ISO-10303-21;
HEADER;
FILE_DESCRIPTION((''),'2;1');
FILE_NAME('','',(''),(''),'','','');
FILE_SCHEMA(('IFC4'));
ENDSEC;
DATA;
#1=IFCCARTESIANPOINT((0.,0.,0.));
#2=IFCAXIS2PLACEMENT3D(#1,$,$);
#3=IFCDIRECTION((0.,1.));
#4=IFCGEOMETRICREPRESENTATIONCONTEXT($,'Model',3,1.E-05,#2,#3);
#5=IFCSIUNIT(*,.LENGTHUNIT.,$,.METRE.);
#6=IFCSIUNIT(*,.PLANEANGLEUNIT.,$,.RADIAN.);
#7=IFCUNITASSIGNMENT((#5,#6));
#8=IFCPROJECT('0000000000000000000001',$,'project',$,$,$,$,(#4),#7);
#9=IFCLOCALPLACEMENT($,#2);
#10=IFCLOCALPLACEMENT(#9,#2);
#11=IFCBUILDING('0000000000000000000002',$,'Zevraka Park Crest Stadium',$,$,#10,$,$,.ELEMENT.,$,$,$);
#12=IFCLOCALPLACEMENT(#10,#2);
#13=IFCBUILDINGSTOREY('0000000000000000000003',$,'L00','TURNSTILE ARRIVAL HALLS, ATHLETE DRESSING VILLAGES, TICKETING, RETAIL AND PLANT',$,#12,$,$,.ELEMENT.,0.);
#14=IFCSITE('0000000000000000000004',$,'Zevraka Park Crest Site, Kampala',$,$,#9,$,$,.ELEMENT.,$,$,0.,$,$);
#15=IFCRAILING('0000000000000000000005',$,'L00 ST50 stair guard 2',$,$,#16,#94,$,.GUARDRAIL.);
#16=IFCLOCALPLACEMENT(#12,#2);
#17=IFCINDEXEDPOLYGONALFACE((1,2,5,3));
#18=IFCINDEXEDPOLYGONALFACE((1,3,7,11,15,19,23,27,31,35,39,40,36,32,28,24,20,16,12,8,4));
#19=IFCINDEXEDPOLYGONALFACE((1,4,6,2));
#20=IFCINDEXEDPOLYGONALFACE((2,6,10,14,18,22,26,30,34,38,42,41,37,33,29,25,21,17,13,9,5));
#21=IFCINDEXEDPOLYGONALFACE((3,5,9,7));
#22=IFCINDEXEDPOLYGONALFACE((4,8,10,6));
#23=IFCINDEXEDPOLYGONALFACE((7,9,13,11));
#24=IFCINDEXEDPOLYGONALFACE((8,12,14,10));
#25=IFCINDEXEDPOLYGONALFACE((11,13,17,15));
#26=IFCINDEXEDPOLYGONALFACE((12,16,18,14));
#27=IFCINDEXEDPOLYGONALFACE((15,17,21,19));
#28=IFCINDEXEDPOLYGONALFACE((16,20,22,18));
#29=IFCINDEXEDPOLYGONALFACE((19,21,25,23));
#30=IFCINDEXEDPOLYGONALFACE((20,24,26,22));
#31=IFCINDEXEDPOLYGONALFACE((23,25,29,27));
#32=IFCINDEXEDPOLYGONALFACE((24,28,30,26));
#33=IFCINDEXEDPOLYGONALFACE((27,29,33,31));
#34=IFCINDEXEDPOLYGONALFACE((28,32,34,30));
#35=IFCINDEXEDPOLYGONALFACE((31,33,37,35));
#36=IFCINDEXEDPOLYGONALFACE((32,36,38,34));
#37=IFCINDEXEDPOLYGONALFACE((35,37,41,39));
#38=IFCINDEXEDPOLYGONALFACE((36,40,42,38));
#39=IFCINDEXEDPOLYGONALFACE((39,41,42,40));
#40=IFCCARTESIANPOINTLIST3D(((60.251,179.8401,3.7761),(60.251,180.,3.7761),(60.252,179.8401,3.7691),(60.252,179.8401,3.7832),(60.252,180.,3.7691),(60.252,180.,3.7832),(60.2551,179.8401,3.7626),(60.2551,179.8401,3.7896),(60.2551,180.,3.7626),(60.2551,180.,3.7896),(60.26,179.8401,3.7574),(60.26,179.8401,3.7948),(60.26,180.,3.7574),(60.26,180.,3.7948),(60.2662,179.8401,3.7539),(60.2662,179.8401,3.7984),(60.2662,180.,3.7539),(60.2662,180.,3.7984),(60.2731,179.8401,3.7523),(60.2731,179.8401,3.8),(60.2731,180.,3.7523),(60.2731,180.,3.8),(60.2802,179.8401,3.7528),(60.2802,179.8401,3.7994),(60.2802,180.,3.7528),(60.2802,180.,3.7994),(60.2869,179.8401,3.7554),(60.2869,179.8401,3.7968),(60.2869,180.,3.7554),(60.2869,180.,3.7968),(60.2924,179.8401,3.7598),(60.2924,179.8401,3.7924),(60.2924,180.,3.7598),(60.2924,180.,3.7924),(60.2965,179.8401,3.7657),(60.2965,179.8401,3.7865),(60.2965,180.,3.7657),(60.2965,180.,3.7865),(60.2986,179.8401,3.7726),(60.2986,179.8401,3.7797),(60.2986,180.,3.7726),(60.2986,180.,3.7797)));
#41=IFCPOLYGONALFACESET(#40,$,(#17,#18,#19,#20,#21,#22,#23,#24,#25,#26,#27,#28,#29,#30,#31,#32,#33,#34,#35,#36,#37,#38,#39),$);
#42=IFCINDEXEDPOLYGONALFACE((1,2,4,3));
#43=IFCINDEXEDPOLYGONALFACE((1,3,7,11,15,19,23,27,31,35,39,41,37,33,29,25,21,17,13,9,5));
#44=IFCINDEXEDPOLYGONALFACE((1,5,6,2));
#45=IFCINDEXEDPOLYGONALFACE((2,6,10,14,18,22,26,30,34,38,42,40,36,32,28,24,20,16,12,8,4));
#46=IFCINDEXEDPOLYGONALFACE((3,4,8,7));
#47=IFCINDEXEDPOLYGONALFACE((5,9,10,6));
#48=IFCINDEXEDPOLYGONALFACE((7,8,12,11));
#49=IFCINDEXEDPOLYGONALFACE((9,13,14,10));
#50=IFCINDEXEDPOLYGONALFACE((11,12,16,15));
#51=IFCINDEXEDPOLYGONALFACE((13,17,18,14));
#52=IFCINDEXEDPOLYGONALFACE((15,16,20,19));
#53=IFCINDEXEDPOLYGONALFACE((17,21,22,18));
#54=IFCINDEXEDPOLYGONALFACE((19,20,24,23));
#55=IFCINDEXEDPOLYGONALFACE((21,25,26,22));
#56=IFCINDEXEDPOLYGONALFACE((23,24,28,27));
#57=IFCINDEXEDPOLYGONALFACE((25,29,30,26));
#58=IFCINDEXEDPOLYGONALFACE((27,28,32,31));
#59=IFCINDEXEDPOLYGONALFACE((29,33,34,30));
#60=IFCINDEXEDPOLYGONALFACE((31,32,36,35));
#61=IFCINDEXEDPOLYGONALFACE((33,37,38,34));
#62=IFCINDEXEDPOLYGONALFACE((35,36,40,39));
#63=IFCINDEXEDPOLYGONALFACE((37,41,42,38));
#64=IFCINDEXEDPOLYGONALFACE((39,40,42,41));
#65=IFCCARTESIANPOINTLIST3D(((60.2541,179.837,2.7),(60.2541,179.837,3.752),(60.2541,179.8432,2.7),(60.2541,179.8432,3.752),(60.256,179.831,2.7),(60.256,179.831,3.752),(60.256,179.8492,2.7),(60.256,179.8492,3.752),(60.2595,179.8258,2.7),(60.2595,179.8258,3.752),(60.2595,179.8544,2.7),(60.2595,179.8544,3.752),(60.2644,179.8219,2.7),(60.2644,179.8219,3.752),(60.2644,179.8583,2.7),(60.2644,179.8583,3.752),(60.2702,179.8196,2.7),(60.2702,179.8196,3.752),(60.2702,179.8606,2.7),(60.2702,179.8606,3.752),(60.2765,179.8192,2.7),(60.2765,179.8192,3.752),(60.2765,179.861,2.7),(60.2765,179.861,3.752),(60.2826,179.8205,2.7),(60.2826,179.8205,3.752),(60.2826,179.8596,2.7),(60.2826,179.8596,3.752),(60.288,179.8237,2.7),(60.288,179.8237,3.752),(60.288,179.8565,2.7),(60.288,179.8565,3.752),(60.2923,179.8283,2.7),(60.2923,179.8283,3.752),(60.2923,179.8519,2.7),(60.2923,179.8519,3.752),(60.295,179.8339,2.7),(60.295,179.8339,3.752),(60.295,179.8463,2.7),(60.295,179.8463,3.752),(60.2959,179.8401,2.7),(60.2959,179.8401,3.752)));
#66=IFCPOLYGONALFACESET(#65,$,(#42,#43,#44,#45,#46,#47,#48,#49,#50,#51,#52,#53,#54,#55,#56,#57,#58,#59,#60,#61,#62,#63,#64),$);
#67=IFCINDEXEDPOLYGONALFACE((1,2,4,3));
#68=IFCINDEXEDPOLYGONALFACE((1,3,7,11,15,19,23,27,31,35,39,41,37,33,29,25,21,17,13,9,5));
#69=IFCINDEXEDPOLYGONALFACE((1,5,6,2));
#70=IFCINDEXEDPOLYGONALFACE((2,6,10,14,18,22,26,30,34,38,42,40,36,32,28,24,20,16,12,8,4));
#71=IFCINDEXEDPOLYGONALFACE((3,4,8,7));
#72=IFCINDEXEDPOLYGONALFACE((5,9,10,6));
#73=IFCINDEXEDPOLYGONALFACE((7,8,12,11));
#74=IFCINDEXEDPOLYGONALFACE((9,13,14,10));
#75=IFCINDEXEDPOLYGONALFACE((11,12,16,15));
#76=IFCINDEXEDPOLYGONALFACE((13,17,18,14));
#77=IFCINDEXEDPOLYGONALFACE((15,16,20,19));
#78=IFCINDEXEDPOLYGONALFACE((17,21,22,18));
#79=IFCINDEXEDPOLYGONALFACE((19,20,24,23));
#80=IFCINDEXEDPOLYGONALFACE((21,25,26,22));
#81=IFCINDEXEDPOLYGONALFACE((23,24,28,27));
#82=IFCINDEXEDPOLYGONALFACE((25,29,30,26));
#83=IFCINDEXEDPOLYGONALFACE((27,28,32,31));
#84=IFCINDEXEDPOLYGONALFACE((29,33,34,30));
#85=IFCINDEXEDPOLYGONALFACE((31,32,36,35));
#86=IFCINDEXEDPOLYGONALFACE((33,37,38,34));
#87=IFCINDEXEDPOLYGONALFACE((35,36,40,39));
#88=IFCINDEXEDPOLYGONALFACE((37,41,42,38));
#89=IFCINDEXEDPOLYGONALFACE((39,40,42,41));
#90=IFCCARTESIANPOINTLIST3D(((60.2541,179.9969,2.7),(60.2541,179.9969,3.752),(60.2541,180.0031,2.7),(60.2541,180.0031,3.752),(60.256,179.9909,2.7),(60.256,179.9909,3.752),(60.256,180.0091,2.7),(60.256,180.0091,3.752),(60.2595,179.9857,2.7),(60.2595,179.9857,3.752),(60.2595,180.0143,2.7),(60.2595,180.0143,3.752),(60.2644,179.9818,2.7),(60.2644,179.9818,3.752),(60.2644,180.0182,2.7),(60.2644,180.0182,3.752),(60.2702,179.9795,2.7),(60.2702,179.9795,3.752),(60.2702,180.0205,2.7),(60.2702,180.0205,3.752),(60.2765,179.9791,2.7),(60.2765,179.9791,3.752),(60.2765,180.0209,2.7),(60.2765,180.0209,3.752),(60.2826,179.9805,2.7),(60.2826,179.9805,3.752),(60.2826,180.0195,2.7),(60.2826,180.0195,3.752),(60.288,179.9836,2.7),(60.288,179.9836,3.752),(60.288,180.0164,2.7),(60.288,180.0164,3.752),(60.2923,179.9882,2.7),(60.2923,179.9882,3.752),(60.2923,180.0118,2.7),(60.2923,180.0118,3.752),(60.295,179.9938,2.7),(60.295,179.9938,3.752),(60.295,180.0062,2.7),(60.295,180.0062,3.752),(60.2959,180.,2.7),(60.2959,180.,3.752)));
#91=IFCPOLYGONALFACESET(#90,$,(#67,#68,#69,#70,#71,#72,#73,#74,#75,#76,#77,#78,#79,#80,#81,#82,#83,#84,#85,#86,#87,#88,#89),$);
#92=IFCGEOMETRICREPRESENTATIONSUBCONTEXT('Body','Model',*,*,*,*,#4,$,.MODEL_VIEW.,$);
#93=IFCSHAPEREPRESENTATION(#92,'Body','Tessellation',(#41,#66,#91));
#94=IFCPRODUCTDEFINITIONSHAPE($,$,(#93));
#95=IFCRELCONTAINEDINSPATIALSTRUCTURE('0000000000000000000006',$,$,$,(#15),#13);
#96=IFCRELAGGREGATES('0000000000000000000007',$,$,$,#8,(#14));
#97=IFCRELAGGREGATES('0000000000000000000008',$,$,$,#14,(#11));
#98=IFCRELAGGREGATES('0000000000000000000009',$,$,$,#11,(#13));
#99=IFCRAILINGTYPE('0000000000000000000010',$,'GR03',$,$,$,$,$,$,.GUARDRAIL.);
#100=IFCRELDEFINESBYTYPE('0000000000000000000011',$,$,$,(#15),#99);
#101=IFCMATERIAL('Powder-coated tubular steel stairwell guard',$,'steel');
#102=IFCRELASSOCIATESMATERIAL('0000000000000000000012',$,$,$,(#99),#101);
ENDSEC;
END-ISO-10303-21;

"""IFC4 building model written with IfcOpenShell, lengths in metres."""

from ifc_helpers import new_model, si_unit, direction, frame, origin, origin_2d, place, context, subcontext, project, spatial, circle, extrude, material, type_object, element, save


model = new_model("IFC4")

# Units and contexts
model_context = context("Model", 3, precision=1e-05, world=origin(), true_north=direction((0.0, 1.0)))
body_context = subcontext(model_context, "Body", "Model", "MODEL_VIEW")
ifc_project = project(units=[si_unit("LENGTHUNIT", "METRE"), si_unit("PLANEANGLEUNIT", "RADIAN")], contexts=[model_context])

# Site, building, storey
site_placement = place(None, origin())
site = spatial("IfcSite", under=ifc_project, at=site_placement, Name="Zevraka Park Crest Site, Kampala", CompositionType="ELEMENT", RefElevation=0.0)
building_placement = place(site_placement, origin())
building = spatial("IfcBuilding", under=site, at=building_placement, Name="Zevraka Park Crest Stadium", CompositionType="ELEMENT")
storey_placement = place(building_placement, origin())
storey = spatial("IfcBuildingStorey", under=building, at=storey_placement, Name="L00", Description="TURNSTILE ARRIVAL HALLS, ATHLETE DRESSING VILLAGES, TICKETING, RETAIL AND PLANT", CompositionType="ELEMENT", Elevation=0.0)

# Railing
ifc_material_1 = material(Name="Powder-coated tubular steel stairwell guard", Category="steel")
railing_type_1 = type_object("IfcRailingType", Name="GR03", PredefinedType="GUARDRAIL", material=ifc_material_1)
railing_1_placement = place(storey_placement, frame((60.2749, 179.8401, 2.7)))
element("IfcRailing", 1, at=railing_1_placement, inside=storey, type_object=railing_type_1, Name="L00 ST50 stair guard 2", PredefinedType="GUARDRAIL", context=body_context, shape_type="SweptSolid", body=[
    extrude(circle(Radius=0.0239, at=origin_2d()), frame((0.0, 0.0, 1.0762), z_axis=(0.0, 1.0, 0.0), x_axis=(-1.0, 0.0, 0.0)), (0.0, 0.0, 1.0), 0.1599),
    extrude(circle(Radius=0.021, at=origin_2d()), origin(), (0.0, 0.0, 1.0), 1.052),
    extrude(circle(Radius=0.021, at=origin_2d()), frame((0.0, 0.1599, 0.0)), (0.0, 0.0, 1.0), 1.052),
])

save(model, "model.ifc")
